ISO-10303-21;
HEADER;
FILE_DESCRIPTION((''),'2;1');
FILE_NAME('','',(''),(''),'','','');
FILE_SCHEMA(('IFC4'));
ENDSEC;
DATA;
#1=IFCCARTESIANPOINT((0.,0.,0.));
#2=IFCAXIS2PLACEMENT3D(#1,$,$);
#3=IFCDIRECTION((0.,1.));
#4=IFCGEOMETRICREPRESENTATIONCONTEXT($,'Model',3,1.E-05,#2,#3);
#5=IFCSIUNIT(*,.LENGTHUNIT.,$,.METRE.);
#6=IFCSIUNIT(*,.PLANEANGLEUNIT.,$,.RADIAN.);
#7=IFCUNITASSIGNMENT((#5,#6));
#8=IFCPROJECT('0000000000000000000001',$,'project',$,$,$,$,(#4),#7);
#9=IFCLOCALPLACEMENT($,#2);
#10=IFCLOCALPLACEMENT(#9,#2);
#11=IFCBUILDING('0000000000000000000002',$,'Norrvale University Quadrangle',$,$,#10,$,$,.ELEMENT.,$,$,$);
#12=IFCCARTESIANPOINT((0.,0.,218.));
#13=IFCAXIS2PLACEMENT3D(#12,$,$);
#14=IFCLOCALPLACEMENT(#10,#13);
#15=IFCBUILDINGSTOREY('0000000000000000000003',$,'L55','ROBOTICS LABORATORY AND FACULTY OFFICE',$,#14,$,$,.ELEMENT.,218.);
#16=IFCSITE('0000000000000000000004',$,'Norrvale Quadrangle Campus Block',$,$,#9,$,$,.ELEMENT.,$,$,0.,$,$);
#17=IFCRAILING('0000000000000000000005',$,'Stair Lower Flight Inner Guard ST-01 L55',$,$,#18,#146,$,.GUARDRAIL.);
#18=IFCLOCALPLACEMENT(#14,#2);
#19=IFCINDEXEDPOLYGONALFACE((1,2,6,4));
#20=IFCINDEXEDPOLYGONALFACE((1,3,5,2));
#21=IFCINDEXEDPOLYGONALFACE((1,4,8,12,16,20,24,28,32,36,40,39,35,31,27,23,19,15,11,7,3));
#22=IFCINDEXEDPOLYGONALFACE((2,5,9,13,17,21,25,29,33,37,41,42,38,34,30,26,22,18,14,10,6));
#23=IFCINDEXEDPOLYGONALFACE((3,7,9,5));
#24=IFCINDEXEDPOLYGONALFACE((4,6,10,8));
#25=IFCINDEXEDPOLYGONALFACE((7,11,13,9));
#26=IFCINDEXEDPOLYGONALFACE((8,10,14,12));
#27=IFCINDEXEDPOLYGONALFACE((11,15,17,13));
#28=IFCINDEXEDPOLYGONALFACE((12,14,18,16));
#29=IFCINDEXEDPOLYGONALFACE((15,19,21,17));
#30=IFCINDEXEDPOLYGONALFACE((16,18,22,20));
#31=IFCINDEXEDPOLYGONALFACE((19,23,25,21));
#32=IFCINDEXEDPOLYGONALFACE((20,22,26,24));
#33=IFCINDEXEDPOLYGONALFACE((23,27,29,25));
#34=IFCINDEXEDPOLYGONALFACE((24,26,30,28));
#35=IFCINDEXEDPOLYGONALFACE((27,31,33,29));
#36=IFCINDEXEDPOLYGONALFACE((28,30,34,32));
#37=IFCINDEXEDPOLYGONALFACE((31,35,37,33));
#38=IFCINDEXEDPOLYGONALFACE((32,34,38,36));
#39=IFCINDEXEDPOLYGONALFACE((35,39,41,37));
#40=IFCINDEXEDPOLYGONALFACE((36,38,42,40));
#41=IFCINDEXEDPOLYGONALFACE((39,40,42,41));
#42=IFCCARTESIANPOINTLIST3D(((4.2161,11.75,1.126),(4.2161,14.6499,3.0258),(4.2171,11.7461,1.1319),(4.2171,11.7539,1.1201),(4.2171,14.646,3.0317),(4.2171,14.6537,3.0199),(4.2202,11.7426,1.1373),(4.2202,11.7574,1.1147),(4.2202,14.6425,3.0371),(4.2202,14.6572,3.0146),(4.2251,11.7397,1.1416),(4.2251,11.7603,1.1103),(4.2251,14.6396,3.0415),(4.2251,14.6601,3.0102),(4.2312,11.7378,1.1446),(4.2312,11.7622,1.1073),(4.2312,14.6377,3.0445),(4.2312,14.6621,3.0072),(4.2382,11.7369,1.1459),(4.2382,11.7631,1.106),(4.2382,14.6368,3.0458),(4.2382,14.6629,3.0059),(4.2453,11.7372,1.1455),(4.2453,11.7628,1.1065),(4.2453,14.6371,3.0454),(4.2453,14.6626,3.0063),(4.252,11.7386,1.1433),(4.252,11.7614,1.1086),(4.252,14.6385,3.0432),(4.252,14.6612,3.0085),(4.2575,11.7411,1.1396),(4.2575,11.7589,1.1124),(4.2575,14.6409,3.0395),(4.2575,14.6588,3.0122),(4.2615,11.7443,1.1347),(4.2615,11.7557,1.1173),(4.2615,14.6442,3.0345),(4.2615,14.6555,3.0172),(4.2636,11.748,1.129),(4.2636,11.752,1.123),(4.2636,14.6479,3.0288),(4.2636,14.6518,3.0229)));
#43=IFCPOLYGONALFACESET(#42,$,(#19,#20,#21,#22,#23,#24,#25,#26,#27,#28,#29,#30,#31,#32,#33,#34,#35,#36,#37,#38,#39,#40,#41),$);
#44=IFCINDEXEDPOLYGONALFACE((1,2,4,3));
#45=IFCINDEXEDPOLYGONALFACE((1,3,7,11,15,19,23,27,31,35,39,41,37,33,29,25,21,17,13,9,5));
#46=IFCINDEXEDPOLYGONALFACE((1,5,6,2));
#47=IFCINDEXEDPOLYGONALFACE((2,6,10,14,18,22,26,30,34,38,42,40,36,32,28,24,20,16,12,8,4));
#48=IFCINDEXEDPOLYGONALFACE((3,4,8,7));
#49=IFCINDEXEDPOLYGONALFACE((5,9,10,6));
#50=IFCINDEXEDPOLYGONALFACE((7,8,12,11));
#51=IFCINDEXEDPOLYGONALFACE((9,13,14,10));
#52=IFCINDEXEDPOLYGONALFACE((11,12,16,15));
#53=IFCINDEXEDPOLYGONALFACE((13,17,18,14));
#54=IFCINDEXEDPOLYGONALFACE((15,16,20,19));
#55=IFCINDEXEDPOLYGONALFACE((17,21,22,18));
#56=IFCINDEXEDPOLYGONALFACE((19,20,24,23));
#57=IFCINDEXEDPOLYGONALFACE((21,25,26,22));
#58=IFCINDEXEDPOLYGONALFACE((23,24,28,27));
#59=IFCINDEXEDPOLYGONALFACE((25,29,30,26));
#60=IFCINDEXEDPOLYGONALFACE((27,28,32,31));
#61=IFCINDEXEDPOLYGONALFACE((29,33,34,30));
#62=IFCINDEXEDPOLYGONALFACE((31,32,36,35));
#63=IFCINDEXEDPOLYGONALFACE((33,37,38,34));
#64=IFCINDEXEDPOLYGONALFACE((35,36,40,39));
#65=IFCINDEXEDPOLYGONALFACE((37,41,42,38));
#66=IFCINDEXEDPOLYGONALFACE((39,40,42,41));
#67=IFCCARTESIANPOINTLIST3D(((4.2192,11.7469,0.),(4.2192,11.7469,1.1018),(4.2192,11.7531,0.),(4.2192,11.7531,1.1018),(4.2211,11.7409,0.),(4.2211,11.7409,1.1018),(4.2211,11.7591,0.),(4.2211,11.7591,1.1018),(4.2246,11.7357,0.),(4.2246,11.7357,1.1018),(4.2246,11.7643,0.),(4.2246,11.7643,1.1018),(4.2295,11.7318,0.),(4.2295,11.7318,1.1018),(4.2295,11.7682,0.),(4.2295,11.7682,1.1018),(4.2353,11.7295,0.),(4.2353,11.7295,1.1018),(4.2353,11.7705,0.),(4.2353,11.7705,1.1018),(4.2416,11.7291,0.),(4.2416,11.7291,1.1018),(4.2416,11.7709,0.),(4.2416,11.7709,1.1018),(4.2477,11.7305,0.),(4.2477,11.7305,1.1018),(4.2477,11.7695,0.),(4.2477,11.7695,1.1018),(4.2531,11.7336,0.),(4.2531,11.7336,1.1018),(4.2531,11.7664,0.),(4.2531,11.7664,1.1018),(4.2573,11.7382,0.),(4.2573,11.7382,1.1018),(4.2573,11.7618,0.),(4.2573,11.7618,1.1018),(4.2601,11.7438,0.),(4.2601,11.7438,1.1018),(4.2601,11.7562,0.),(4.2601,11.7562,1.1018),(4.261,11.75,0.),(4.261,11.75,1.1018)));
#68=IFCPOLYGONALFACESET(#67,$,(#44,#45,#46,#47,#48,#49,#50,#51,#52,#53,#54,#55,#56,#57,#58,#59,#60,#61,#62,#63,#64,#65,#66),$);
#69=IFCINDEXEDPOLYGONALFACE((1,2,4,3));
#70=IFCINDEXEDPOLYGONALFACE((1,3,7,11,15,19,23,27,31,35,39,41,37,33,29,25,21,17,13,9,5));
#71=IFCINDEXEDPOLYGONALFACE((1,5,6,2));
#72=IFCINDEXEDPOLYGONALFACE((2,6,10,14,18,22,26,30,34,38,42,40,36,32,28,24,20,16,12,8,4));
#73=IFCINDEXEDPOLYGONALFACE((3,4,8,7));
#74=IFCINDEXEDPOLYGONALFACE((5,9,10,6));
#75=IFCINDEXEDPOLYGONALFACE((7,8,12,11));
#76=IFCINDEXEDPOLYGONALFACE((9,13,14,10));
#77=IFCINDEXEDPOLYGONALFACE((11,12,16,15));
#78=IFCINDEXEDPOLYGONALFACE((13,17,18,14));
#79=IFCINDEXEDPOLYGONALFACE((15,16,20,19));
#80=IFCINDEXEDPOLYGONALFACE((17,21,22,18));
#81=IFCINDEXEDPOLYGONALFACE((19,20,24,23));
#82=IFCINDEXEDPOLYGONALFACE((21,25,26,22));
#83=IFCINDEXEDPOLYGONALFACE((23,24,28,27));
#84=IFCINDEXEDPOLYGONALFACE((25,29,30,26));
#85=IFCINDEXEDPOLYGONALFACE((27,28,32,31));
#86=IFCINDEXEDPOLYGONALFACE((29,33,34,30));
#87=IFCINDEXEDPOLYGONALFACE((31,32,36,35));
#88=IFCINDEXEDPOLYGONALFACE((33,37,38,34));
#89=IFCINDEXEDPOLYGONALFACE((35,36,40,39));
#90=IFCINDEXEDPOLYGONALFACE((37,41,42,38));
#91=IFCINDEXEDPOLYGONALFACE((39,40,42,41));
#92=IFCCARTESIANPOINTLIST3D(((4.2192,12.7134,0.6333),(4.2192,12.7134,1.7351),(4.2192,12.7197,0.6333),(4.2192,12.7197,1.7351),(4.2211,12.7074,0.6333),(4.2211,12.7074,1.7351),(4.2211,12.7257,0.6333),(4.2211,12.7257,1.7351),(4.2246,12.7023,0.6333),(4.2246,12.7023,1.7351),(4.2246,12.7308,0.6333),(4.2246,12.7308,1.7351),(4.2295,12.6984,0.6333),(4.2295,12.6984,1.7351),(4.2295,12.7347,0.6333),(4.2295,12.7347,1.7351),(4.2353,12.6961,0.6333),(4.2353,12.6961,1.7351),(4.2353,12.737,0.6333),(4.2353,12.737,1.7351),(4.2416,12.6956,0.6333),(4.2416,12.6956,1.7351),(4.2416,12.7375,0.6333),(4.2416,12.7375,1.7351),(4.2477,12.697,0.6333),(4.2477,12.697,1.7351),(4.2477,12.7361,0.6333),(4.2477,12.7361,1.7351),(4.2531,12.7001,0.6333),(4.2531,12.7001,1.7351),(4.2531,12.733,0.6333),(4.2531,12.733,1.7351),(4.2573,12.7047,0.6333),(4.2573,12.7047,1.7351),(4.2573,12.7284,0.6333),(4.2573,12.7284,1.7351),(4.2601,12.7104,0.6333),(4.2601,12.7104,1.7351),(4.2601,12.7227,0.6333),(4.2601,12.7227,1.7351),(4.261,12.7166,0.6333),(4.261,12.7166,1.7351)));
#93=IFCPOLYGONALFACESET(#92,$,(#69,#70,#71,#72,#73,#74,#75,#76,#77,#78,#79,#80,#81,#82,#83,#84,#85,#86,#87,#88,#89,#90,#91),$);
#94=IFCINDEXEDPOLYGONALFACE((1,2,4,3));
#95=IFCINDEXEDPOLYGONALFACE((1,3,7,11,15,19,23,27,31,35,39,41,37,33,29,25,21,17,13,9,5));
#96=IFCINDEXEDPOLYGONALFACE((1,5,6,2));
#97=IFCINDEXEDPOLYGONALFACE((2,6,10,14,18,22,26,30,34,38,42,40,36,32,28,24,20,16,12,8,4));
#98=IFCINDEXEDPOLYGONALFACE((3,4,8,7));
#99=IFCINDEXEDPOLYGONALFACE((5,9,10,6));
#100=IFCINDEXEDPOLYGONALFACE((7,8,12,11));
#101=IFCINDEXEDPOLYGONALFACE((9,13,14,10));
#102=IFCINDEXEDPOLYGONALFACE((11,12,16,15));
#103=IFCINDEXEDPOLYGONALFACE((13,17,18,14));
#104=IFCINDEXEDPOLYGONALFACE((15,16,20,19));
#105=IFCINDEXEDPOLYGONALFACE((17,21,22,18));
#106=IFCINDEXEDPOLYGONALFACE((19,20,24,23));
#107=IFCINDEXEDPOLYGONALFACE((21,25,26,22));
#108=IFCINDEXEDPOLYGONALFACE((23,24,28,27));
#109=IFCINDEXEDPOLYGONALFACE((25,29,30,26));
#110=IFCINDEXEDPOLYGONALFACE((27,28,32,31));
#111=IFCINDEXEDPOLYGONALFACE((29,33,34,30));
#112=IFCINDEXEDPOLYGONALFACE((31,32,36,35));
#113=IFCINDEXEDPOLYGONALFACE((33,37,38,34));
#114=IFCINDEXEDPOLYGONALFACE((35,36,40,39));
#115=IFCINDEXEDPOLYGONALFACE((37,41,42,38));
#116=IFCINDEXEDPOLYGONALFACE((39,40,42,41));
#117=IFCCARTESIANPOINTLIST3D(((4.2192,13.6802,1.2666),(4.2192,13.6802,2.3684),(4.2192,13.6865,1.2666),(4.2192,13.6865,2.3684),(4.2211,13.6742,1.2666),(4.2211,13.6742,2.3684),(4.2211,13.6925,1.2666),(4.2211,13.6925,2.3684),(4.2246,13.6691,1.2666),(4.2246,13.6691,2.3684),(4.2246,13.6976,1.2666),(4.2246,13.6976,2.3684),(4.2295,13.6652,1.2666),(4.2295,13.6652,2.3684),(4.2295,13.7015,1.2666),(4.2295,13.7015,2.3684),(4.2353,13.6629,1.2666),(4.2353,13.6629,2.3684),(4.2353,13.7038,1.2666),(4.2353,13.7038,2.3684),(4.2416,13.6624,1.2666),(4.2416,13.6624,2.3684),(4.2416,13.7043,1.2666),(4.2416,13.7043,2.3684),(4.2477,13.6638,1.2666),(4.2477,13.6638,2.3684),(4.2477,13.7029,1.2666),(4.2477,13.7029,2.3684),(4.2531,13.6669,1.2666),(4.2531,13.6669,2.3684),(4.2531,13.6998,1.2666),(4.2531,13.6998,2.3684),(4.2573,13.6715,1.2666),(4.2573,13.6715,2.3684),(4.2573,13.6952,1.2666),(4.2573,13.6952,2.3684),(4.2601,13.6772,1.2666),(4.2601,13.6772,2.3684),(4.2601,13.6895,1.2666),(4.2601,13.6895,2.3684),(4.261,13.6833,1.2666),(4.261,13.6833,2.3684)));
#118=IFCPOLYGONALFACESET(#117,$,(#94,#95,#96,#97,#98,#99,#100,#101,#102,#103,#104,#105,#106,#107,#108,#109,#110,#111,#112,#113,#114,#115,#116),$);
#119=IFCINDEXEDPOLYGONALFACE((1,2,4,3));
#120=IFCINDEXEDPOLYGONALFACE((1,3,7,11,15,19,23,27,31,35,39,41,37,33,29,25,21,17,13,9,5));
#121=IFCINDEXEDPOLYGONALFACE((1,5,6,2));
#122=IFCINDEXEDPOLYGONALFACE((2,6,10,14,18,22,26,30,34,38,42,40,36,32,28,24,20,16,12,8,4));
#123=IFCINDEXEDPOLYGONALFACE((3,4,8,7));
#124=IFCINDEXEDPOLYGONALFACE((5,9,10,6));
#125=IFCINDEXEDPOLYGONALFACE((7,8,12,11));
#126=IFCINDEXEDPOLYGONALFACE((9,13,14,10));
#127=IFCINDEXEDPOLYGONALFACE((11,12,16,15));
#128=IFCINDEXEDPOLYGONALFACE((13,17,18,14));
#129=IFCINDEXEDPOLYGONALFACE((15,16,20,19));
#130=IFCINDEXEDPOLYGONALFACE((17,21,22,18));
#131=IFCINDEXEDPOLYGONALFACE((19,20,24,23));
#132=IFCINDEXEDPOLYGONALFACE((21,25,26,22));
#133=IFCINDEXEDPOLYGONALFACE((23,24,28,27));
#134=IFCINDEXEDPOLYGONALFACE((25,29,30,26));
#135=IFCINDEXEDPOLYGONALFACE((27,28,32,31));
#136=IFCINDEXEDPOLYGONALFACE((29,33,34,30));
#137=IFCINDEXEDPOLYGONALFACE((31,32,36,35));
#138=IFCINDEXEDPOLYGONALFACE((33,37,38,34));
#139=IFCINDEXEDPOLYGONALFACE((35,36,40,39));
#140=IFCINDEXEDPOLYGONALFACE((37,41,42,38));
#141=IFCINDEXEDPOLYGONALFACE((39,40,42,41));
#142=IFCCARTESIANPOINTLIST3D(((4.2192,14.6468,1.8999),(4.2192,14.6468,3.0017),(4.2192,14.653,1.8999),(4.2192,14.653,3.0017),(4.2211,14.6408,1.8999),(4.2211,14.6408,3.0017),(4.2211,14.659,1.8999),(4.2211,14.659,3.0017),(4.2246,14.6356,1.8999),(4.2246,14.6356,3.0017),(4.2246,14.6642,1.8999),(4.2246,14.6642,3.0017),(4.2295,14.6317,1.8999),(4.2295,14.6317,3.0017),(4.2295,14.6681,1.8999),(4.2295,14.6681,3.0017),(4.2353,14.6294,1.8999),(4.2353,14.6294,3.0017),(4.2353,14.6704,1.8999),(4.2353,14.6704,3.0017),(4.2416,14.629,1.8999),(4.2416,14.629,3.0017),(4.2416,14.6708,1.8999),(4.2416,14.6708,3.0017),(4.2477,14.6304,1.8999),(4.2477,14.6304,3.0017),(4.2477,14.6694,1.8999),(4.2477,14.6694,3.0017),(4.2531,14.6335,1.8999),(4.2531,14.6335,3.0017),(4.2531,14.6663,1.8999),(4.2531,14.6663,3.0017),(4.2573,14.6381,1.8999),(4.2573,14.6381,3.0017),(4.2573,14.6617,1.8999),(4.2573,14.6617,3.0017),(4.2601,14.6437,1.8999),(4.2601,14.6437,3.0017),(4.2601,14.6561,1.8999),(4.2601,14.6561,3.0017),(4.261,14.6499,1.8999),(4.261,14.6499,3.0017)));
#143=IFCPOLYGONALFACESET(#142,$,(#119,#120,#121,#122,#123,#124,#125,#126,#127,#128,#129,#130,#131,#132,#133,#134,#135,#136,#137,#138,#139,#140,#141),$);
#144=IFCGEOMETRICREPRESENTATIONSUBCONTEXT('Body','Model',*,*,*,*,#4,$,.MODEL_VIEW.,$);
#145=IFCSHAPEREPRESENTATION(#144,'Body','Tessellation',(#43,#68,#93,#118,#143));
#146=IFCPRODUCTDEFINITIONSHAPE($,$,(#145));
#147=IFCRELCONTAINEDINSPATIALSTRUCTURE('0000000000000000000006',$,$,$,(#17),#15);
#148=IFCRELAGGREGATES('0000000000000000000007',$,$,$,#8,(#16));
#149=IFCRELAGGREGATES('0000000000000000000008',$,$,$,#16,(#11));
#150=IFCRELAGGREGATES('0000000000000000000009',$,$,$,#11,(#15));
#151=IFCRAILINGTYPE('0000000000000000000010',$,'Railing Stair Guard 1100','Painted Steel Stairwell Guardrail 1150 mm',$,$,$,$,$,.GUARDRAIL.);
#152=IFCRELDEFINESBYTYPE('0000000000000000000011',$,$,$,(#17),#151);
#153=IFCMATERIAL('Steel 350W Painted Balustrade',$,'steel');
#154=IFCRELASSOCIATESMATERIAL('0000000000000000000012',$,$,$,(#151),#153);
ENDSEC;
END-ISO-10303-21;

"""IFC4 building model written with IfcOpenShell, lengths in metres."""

from ifc_helpers import new_model, si_unit, direction, frame, origin, origin_2d, place, context, subcontext, project, spatial, circle, extrude, material, type_object, element, save


model = new_model("IFC4")

# Units and contexts
model_context = context("Model", 3, precision=1e-05, world=origin(), true_north=direction((0.0, 1.0)))
body_context = subcontext(model_context, "Body", "Model", "MODEL_VIEW")
ifc_project = project(units=[si_unit("LENGTHUNIT", "METRE"), si_unit("PLANEANGLEUNIT", "RADIAN")], contexts=[model_context])

# Site, building, storey
site_placement = place(None, origin())
site = spatial("IfcSite", under=ifc_project, at=site_placement, Name="Norrvale Quadrangle Campus Block", CompositionType="ELEMENT", RefElevation=0.0)
building_placement = place(site_placement, origin())
building = spatial("IfcBuilding", under=site, at=building_placement, Name="Norrvale University Quadrangle", CompositionType="ELEMENT")
storey_placement = place(building_placement, frame((0.0, 0.0, 218.0)))
storey = spatial("IfcBuildingStorey", under=building, at=storey_placement, Name="L55", Description="ROBOTICS LABORATORY AND FACULTY OFFICE", CompositionType="ELEMENT", Elevation=218.0)

# Railing
ifc_material_1 = material(Name="Steel 350W Painted Balustrade", Category="steel")
railing_type_1 = type_object("IfcRailingType", Name="Railing Stair Guard 1100", Description="Painted Steel Stairwell Guardrail 1150 mm", PredefinedType="GUARDRAIL", material=ifc_material_1)
railing_1_placement = place(storey_placement, frame((4.24, 11.75, 0.0)))
element("IfcRailing", 1, at=railing_1_placement, inside=storey, type_object=railing_type_1, Name="Stair Lower Flight Inner Guard ST-01 L55", PredefinedType="GUARDRAIL", context=body_context, shape_type="SweptSolid", body=[
    extrude(circle(Radius=0.0239, at=origin_2d()), frame((0.0, 0.0, 1.126), z_axis=(0.0, 0.836466, 0.548019), x_axis=(-1.0, 0.0, 0.0)), (0.0, 0.0, 1.0), 3.4668),
    extrude(circle(Radius=0.021, at=origin_2d()), origin(), (0.0, 0.0, 1.0), 1.1018),
    extrude(circle(Radius=0.021, at=origin_2d()), frame((0.0, 0.9666, 0.6333)), (0.0, 0.0, 1.0), 1.1018),
    extrude(circle(Radius=0.021, at=origin_2d()), frame((0.0, 1.9333, 1.2666)), (0.0, 0.0, 1.0), 1.1018),
    extrude(circle(Radius=0.021, at=origin_2d()), frame((0.0, 2.8999, 1.8999)), (0.0, 0.0, 1.0), 1.1018),
])

save(model, "model.ifc")
